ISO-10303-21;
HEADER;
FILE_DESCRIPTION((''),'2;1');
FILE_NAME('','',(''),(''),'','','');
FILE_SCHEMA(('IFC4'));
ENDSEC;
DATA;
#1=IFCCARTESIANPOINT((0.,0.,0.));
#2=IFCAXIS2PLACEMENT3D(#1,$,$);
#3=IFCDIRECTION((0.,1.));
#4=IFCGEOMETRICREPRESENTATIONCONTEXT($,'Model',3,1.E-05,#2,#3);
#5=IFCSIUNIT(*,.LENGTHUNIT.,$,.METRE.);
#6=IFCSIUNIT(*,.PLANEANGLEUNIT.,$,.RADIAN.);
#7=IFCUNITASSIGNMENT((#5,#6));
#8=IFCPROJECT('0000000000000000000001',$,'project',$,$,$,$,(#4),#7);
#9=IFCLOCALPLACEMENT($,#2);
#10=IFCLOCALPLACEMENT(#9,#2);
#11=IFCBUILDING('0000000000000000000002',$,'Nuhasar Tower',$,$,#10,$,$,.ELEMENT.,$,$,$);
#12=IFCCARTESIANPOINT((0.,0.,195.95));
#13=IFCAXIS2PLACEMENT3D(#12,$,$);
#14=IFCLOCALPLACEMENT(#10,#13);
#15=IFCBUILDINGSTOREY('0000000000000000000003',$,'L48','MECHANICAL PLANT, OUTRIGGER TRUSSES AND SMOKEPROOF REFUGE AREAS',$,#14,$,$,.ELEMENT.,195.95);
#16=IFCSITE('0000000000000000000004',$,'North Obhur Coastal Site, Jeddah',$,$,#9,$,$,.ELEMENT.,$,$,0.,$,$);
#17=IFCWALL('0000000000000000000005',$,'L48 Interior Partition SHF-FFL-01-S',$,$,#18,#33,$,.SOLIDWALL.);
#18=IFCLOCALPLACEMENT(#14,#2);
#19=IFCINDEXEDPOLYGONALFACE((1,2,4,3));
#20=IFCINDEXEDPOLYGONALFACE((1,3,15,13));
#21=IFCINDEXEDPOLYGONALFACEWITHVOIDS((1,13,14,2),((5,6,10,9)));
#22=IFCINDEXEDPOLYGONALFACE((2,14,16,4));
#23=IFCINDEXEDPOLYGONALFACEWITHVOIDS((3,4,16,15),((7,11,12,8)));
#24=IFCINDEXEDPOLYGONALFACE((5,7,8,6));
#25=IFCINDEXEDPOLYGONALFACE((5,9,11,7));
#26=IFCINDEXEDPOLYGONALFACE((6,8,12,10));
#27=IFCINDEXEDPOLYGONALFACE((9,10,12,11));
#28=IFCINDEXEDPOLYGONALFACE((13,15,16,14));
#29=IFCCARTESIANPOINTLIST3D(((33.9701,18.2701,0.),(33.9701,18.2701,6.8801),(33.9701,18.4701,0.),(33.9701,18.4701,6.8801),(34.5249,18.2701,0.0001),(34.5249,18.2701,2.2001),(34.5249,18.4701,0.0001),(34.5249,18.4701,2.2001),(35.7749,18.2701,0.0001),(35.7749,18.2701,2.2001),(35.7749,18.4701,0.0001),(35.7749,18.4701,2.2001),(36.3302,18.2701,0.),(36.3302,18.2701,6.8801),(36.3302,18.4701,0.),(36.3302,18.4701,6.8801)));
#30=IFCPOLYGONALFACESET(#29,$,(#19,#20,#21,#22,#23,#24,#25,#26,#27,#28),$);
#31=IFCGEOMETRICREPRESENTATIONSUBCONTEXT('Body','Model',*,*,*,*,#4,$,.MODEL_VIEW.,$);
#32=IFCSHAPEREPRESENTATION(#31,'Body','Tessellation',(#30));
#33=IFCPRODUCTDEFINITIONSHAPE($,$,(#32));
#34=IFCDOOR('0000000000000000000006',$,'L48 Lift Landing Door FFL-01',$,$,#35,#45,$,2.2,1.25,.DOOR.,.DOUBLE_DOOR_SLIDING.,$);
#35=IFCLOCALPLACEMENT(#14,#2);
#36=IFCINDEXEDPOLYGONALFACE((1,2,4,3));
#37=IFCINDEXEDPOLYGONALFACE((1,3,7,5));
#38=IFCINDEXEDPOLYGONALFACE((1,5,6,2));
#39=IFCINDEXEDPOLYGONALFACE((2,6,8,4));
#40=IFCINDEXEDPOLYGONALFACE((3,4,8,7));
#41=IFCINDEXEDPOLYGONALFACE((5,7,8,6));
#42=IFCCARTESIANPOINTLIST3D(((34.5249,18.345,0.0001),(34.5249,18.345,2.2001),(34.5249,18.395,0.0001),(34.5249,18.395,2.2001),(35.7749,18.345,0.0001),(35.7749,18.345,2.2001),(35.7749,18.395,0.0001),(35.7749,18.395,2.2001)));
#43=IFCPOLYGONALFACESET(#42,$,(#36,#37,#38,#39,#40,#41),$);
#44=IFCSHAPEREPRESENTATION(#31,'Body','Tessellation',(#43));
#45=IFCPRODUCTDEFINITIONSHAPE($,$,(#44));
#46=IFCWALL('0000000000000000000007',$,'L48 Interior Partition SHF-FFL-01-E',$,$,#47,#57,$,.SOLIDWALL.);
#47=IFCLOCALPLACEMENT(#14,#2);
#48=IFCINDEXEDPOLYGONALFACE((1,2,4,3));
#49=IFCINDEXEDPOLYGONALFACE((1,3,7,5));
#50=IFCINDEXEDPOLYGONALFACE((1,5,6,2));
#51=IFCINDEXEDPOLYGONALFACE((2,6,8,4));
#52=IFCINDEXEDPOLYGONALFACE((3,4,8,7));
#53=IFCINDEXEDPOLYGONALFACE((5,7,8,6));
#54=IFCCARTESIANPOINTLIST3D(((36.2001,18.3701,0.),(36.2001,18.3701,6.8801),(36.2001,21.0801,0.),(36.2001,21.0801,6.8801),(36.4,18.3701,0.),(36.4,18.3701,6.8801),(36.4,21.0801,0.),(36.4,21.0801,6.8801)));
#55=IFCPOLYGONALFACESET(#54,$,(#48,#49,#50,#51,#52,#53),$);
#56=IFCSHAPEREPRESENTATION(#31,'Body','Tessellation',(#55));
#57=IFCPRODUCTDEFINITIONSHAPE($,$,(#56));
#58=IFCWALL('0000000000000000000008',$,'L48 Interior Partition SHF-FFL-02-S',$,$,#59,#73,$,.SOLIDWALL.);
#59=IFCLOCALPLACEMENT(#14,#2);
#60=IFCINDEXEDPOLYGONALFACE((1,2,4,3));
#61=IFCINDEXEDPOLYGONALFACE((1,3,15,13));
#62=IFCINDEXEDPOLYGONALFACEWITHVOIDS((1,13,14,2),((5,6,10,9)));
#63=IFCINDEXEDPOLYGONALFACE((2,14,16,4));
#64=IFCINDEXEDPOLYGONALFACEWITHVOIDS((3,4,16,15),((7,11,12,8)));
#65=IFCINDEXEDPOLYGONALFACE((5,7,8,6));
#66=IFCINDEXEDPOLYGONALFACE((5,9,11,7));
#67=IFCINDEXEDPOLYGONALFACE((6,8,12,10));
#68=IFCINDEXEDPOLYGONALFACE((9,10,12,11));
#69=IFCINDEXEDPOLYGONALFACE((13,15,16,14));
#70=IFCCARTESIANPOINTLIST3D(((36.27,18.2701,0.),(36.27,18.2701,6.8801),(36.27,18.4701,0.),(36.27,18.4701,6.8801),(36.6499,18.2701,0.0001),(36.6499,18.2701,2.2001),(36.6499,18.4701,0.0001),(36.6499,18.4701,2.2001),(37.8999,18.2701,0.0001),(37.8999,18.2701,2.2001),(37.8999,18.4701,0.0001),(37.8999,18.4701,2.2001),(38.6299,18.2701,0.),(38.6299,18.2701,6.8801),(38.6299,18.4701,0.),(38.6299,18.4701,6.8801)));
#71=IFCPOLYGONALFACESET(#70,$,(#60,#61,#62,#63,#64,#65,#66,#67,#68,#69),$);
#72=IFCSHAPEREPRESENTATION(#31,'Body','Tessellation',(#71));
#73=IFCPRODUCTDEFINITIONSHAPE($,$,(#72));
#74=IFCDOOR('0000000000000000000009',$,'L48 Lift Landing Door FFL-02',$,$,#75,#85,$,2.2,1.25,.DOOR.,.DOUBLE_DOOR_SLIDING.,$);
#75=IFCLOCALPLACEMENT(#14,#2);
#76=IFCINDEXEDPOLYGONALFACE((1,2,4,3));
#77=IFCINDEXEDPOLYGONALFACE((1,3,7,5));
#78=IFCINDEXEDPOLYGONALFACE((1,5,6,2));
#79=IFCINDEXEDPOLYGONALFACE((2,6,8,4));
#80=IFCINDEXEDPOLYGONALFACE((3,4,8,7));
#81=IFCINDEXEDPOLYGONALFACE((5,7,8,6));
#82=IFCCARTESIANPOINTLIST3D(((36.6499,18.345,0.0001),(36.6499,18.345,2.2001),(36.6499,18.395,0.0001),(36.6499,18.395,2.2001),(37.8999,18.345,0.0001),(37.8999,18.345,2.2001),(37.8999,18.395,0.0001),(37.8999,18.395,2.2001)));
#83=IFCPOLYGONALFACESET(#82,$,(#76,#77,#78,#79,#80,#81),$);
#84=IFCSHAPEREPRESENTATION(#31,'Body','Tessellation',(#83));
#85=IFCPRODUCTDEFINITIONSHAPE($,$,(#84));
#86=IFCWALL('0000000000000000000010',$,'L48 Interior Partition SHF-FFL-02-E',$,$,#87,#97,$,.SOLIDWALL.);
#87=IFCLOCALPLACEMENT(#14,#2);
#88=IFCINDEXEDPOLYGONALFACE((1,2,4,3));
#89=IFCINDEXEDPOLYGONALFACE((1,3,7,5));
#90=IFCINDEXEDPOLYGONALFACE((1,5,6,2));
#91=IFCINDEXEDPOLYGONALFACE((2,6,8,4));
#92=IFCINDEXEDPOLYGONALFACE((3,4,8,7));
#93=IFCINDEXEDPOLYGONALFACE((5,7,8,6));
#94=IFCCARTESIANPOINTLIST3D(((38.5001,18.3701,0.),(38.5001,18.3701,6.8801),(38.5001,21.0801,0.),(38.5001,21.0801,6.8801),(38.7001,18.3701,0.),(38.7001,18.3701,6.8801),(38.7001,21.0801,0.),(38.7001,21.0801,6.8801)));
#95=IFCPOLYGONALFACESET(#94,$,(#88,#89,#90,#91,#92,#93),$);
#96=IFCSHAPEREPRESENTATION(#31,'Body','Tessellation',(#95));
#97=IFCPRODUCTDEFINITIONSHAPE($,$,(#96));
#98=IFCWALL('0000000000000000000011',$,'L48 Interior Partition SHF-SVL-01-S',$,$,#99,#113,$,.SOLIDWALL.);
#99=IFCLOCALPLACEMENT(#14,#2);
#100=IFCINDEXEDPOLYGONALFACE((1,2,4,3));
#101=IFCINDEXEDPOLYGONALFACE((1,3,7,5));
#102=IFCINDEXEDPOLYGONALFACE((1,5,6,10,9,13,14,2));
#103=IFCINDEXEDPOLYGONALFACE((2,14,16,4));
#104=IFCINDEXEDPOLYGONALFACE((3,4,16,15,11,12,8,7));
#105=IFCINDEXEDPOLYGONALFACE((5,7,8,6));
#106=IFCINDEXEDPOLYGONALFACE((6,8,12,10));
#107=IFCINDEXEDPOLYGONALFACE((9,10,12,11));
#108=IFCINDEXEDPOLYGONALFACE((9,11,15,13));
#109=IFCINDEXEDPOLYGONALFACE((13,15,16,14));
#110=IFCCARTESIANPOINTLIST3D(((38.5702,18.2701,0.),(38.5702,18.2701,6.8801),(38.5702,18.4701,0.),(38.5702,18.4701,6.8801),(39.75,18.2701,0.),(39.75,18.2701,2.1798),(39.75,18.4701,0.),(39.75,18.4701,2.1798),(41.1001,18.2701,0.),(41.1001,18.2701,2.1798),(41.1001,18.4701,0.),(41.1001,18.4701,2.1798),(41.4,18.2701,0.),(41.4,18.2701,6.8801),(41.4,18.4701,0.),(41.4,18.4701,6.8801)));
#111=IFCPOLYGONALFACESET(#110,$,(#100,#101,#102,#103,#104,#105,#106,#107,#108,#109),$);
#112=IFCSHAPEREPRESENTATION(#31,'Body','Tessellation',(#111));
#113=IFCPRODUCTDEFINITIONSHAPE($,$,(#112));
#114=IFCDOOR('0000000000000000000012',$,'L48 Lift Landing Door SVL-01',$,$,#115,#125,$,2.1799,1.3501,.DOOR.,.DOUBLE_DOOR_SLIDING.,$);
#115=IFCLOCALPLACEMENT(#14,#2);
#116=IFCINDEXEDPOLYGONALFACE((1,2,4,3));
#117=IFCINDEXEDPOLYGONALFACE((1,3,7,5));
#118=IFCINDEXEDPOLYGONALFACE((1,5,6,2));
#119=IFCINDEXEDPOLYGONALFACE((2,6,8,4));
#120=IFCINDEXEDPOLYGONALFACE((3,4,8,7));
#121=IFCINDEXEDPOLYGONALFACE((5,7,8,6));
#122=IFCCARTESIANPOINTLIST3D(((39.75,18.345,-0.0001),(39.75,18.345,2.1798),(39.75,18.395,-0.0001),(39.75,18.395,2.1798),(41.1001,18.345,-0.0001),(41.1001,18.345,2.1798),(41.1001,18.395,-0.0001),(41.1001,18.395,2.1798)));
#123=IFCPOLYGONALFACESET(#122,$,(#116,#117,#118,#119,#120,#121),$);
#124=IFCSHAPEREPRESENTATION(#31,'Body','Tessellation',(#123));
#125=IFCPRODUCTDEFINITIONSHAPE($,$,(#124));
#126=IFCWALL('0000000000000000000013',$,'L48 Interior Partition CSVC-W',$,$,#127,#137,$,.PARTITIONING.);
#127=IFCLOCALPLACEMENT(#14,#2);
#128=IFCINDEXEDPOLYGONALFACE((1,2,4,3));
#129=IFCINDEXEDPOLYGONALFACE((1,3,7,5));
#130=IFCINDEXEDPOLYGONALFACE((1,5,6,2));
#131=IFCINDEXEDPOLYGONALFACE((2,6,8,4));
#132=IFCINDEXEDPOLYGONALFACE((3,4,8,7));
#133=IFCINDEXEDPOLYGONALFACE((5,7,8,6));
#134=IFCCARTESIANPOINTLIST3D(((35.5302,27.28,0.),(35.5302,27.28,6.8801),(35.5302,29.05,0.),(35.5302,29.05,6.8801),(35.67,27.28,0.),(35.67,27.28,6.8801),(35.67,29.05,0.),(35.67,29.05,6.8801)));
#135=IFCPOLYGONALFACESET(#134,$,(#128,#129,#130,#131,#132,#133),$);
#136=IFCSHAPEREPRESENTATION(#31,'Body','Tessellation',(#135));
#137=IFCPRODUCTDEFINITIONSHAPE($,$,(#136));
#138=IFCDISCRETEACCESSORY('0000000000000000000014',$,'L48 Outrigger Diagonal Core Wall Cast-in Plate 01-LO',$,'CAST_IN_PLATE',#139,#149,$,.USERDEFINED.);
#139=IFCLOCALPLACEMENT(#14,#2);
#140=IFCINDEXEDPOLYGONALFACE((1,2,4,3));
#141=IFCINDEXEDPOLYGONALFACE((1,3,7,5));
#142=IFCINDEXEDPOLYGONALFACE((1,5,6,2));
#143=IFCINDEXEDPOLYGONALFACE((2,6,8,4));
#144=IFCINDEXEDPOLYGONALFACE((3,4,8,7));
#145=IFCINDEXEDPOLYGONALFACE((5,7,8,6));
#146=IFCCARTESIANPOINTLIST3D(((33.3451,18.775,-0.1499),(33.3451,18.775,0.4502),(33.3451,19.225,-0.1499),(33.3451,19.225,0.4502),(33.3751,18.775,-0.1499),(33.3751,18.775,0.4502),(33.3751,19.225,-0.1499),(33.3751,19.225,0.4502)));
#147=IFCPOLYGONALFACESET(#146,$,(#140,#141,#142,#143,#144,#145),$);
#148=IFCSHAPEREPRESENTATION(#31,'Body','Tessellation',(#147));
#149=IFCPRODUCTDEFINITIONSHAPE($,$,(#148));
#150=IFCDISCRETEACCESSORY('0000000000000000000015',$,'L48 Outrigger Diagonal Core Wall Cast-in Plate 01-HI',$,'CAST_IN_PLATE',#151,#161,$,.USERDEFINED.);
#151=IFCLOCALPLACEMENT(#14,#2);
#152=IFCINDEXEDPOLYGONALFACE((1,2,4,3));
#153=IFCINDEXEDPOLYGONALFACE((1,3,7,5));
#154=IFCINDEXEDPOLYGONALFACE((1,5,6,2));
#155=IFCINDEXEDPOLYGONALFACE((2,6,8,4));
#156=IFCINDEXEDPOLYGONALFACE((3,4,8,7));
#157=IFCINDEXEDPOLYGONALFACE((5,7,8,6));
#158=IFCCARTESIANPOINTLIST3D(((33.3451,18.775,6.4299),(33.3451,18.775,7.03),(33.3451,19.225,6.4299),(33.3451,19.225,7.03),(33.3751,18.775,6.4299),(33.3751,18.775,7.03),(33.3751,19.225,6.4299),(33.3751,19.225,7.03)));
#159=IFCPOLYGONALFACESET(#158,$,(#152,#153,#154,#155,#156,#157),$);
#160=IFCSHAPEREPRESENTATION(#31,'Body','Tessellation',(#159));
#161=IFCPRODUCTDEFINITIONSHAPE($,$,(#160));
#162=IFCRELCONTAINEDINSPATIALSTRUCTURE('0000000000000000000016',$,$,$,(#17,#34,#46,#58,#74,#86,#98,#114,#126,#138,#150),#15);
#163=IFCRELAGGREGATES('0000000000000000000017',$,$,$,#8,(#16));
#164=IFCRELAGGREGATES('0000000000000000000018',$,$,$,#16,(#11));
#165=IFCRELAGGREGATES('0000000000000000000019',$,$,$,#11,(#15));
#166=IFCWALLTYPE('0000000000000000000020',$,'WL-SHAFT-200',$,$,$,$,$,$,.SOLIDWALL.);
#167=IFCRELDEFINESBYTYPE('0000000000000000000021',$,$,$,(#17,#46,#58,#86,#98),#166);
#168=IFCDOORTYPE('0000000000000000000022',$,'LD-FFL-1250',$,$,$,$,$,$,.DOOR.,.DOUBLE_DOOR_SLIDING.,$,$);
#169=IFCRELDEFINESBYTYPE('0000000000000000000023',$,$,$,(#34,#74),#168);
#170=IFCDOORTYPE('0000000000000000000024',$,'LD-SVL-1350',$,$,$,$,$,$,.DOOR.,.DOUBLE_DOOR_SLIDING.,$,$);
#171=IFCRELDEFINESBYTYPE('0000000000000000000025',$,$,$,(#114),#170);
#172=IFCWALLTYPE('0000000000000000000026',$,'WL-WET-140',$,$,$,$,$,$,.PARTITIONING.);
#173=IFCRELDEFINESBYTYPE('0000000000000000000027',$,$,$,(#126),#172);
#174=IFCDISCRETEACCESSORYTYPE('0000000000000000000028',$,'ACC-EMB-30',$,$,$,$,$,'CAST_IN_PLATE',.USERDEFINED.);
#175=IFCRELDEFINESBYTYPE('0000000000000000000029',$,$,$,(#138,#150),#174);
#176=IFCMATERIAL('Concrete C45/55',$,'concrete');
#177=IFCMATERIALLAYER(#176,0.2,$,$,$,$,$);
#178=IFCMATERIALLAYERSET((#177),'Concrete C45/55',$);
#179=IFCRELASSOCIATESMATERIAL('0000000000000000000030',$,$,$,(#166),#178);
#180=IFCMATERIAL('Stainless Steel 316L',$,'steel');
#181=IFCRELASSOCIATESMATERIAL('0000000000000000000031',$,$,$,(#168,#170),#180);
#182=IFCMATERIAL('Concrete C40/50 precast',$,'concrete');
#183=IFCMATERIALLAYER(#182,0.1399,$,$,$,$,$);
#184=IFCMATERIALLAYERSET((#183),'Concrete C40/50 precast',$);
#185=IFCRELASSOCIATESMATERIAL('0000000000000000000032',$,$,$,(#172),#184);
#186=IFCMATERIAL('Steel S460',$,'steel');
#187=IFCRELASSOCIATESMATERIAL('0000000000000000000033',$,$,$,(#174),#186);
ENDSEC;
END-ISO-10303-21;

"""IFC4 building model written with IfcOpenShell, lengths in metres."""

from ifc_helpers import new_model, si_unit, direction, frame, frame_2d, origin, origin_2d, place, context, subcontext, project, spatial, rectangle, extrude, material, layer, layer_set, type_object, element, fill, save


model = new_model("IFC4")

# Units and contexts
model_context = context("Model", 3, precision=1e-05, world=origin(), true_north=direction((0.0, 1.0)))
body_context = subcontext(model_context, "Body", "Model", "MODEL_VIEW")
ifc_project = project(units=[si_unit("LENGTHUNIT", "METRE"), si_unit("PLANEANGLEUNIT", "RADIAN")], contexts=[model_context])

# Site, building, storey
site_placement = place(None, origin())
site = spatial("IfcSite", under=ifc_project, at=site_placement, Name="North Obhur Coastal Site, Jeddah", CompositionType="ELEMENT", RefElevation=0.0)
building_placement = place(site_placement, origin())
building = spatial("IfcBuilding", under=site, at=building_placement, Name="Nuhasar Tower", CompositionType="ELEMENT")
storey_placement = place(building_placement, frame((0.0, 0.0, 195.95)))
storey = spatial("IfcBuildingStorey", under=building, at=storey_placement, Name="L48", Description="MECHANICAL PLANT, OUTRIGGER TRUSSES AND SMOKEPROOF REFUGE AREAS", CompositionType="ELEMENT", Elevation=195.95)

# Shared definitions
ifc_material_1 = material(Name="Steel S460", Category="steel")

# Shared definitions
ifc_material_2 = material(Name="Concrete C45/55", Category="concrete")

# Shared definitions
ifc_layer_1 = layer(ifc_material_2, 0.2)
ifc_layer_set_1 = layer_set([ifc_layer_1], Name="Concrete C45/55")
wall_type_1 = type_object("IfcWallType", Name="WL-SHAFT-200", PredefinedType="SOLIDWALL", material=ifc_layer_set_1)

# Wall, opening, door
wall_1_placement = place(storey_placement, frame((33.97, 18.3701, 0.0), z_axis=(0.0, 0.0, 1.0), x_axis=(1.0, 0.0, 0.0)))
wall_1 = element("IfcWall", 1, at=wall_1_placement, inside=storey, type_object=wall_type_1, Name="L48 Interior Partition SHF-FFL-01-S", PredefinedType="SOLIDWALL", context=body_context, shape_type="SweptSolid", body=[
    extrude(rectangle(XDim=2.3601, YDim=0.2, at=frame_2d((1.1802, 0.0))), origin(), (0.0, 0.0, 1.0), 6.8801),
])
opening_1_placement = place(wall_1_placement, frame((0.5549, 0.0, 0.0)))
opening_1 = element("IfcOpeningElement", 2, at=opening_1_placement, cuts=wall_1, PredefinedType="OPENING", context=body_context, shape_type="SweptSolid", body=[
    extrude(rectangle(XDim=1.25, YDim=2.2, at=frame_2d((0.625, 1.1001))), frame((0.0, 0.1099, 0.0), z_axis=(0.0, -1.0, 0.0), x_axis=(1.0, 0.0, 0.0)), (0.0, 0.0, 1.0), 0.22),
])
ifc_material_3 = material(Name="Stainless Steel 316L", Category="steel")
door_type_1 = type_object("IfcDoorType", Name="LD-FFL-1250", OperationType="DOUBLE_DOOR_SLIDING", PredefinedType="DOOR", material=ifc_material_3)
door_1_placement = place(opening_1_placement, origin())
door_1 = element("IfcDoor", 3, at=door_1_placement, inside=storey, type_object=door_type_1, Name="L48 Lift Landing Door FFL-01", OperationType="DOUBLE_DOOR_SLIDING", OverallHeight=2.2, OverallWidth=1.25, PredefinedType="DOOR", context=body_context, shape_type="SweptSolid", body=[
    extrude(rectangle(XDim=1.25, YDim=2.2, at=frame_2d((0.625, 1.1001))), frame((0.0, 0.0249, 0.0), z_axis=(0.0, -1.0, 0.0), x_axis=(1.0, 0.0, 0.0)), (0.0, 0.0, 1.0), 0.05),
])
fill(opening_1, door_1)

# Wall
wall_2_placement = place(storey_placement, frame((36.3, 18.3701, 0.0), z_axis=(0.0, 0.0, 1.0), x_axis=(0.0, 1.0, 0.0)))
element("IfcWall", 4, at=wall_2_placement, inside=storey, type_object=wall_type_1, Name="L48 Interior Partition SHF-FFL-01-E", PredefinedType="SOLIDWALL", context=body_context, shape_type="SweptSolid", body=[
    extrude(rectangle(XDim=2.71, YDim=0.2, at=frame_2d((1.355, 0.0))), origin(), (0.0, 0.0, 1.0), 6.8801),
])

# Wall, opening, door
wall_3_placement = place(storey_placement, frame((36.27, 18.3701, 0.0), z_axis=(0.0, 0.0, 1.0), x_axis=(1.0, 0.0, 0.0)))
wall_3 = element("IfcWall", 5, at=wall_3_placement, inside=storey, type_object=wall_type_1, Name="L48 Interior Partition SHF-FFL-02-S", PredefinedType="SOLIDWALL", context=body_context, shape_type="SweptSolid", body=[
    extrude(rectangle(XDim=2.3599, YDim=0.2, at=frame_2d((1.1799, 0.0))), origin(), (0.0, 0.0, 1.0), 6.8801),
])
opening_2_placement = place(wall_3_placement, frame((0.3799, 0.0, 0.0)))
opening_2 = element("IfcOpeningElement", 6, at=opening_2_placement, cuts=wall_3, PredefinedType="OPENING", context=body_context, shape_type="SweptSolid", body=[
    extrude(rectangle(XDim=1.25, YDim=2.2, at=frame_2d((0.625, 1.1001))), frame((0.0, 0.1099, 0.0), z_axis=(0.0, -1.0, 0.0), x_axis=(1.0, 0.0, 0.0)), (0.0, 0.0, 1.0), 0.22),
])
door_2_placement = place(opening_2_placement, origin())
door_2 = element("IfcDoor", 7, at=door_2_placement, inside=storey, type_object=door_type_1, Name="L48 Lift Landing Door FFL-02", OperationType="DOUBLE_DOOR_SLIDING", OverallHeight=2.2, OverallWidth=1.25, PredefinedType="DOOR", context=body_context, shape_type="SweptSolid", body=[
    extrude(rectangle(XDim=1.25, YDim=2.2, at=frame_2d((0.625, 1.1001))), frame((0.0, 0.0249, 0.0), z_axis=(0.0, -1.0, 0.0), x_axis=(1.0, 0.0, 0.0)), (0.0, 0.0, 1.0), 0.05),
])
fill(opening_2, door_2)

# Wall
wall_4_placement = place(storey_placement, frame((38.6001, 18.3701, 0.0), z_axis=(0.0, 0.0, 1.0), x_axis=(0.0, 1.0, 0.0)))
element("IfcWall", 8, at=wall_4_placement, inside=storey, type_object=wall_type_1, Name="L48 Interior Partition SHF-FFL-02-E", PredefinedType="SOLIDWALL", context=body_context, shape_type="SweptSolid", body=[
    extrude(rectangle(XDim=2.71, YDim=0.2, at=frame_2d((1.355, 0.0))), origin(), (0.0, 0.0, 1.0), 6.8801),
])

# Wall, opening, door
wall_5_placement = place(storey_placement, frame((38.5701, 18.3701, 0.0), z_axis=(0.0, 0.0, 1.0), x_axis=(1.0, 0.0, 0.0)))
wall_5 = element("IfcWall", 9, at=wall_5_placement, inside=storey, type_object=wall_type_1, Name="L48 Interior Partition SHF-SVL-01-S", PredefinedType="SOLIDWALL", context=body_context, shape_type="SweptSolid", body=[
    extrude(rectangle(XDim=2.8298, YDim=0.2, at=frame_2d((1.415, 0.0))), origin(), (0.0, 0.0, 1.0), 6.8801),
])
opening_3_placement = place(wall_5_placement, frame((1.1799, 0.0, 0.0)))
opening_3 = element("IfcOpeningElement", 10, at=opening_3_placement, cuts=wall_5, PredefinedType="OPENING", context=body_context, shape_type="SweptSolid", body=[
    extrude(rectangle(XDim=1.3501, YDim=2.1799, at=frame_2d((0.675, 1.0898))), frame((0.0, 0.1099, 0.0), z_axis=(0.0, -1.0, 0.0), x_axis=(1.0, 0.0, 0.0)), (0.0, 0.0, 1.0), 0.22),
])
door_type_2 = type_object("IfcDoorType", Name="LD-SVL-1350", OperationType="DOUBLE_DOOR_SLIDING", PredefinedType="DOOR", material=ifc_material_3)
door_3_placement = place(opening_3_placement, origin())
door_3 = element("IfcDoor", 11, at=door_3_placement, inside=storey, type_object=door_type_2, Name="L48 Lift Landing Door SVL-01", OperationType="DOUBLE_DOOR_SLIDING", OverallHeight=2.1799, OverallWidth=1.3501, PredefinedType="DOOR", context=body_context, shape_type="SweptSolid", body=[
    extrude(rectangle(XDim=1.3501, YDim=2.1799, at=frame_2d((0.675, 1.0898))), frame((0.0, 0.0249, 0.0), z_axis=(0.0, -1.0, 0.0), x_axis=(1.0, 0.0, 0.0)), (0.0, 0.0, 1.0), 0.05),
])
fill(opening_3, door_3)

# Wall
ifc_material_4 = material(Name="Concrete C40/50 precast", Category="concrete")
ifc_layer_2 = layer(ifc_material_4, 0.1399)
ifc_layer_set_2 = layer_set([ifc_layer_2], Name="Concrete C40/50 precast")
wall_type_2 = type_object("IfcWallType", Name="WL-WET-140", PredefinedType="PARTITIONING", material=ifc_layer_set_2)
wall_6_placement = place(storey_placement, frame((35.6001, 27.28, 0.0), z_axis=(0.0, 0.0, 1.0), x_axis=(0.0, 1.0, 0.0)))
element("IfcWall", 12, at=wall_6_placement, inside=storey, type_object=wall_type_2, Name="L48 Interior Partition CSVC-W", PredefinedType="PARTITIONING", context=body_context, shape_type="SweptSolid", body=[
    extrude(rectangle(XDim=1.77, YDim=0.1399, at=frame_2d((0.885, 0.0))), origin(), (0.0, 0.0, 1.0), 6.8801),
])

# Discrete accessories
discrete_accessory_type = type_object("IfcDiscreteAccessoryType", Name="ACC-EMB-30", ElementType="CAST_IN_PLATE", PredefinedType="USERDEFINED", material=ifc_material_1)
for number, where, z_axis, x_axis, name in (
    (13, (33.3601, 19.0, -0.1499), (0.0, 0.0, 1.0), (1.0, 0.0, 0.0), "L48 Outrigger Diagonal Core Wall Cast-in Plate 01-LO"),
    (14, (33.3601, 19.0, 6.4299), (0.0, 0.0, 1.0), (1.0, 0.0, 0.0), "L48 Outrigger Diagonal Core Wall Cast-in Plate 01-HI"),
):
    element("IfcDiscreteAccessory", number, at=place(storey_placement, frame(where, z_axis=z_axis, x_axis=x_axis)), inside=storey, type_object=discrete_accessory_type, Name=name, ObjectType="CAST_IN_PLATE", PredefinedType="USERDEFINED", context=body_context, shape_type="SweptSolid", body=[
        extrude(rectangle(XDim=0.03, YDim=0.45, at=origin_2d()), origin(), (0.0, 0.0, 1.0), 0.6001),
    ])

save(model, "model.ifc")
